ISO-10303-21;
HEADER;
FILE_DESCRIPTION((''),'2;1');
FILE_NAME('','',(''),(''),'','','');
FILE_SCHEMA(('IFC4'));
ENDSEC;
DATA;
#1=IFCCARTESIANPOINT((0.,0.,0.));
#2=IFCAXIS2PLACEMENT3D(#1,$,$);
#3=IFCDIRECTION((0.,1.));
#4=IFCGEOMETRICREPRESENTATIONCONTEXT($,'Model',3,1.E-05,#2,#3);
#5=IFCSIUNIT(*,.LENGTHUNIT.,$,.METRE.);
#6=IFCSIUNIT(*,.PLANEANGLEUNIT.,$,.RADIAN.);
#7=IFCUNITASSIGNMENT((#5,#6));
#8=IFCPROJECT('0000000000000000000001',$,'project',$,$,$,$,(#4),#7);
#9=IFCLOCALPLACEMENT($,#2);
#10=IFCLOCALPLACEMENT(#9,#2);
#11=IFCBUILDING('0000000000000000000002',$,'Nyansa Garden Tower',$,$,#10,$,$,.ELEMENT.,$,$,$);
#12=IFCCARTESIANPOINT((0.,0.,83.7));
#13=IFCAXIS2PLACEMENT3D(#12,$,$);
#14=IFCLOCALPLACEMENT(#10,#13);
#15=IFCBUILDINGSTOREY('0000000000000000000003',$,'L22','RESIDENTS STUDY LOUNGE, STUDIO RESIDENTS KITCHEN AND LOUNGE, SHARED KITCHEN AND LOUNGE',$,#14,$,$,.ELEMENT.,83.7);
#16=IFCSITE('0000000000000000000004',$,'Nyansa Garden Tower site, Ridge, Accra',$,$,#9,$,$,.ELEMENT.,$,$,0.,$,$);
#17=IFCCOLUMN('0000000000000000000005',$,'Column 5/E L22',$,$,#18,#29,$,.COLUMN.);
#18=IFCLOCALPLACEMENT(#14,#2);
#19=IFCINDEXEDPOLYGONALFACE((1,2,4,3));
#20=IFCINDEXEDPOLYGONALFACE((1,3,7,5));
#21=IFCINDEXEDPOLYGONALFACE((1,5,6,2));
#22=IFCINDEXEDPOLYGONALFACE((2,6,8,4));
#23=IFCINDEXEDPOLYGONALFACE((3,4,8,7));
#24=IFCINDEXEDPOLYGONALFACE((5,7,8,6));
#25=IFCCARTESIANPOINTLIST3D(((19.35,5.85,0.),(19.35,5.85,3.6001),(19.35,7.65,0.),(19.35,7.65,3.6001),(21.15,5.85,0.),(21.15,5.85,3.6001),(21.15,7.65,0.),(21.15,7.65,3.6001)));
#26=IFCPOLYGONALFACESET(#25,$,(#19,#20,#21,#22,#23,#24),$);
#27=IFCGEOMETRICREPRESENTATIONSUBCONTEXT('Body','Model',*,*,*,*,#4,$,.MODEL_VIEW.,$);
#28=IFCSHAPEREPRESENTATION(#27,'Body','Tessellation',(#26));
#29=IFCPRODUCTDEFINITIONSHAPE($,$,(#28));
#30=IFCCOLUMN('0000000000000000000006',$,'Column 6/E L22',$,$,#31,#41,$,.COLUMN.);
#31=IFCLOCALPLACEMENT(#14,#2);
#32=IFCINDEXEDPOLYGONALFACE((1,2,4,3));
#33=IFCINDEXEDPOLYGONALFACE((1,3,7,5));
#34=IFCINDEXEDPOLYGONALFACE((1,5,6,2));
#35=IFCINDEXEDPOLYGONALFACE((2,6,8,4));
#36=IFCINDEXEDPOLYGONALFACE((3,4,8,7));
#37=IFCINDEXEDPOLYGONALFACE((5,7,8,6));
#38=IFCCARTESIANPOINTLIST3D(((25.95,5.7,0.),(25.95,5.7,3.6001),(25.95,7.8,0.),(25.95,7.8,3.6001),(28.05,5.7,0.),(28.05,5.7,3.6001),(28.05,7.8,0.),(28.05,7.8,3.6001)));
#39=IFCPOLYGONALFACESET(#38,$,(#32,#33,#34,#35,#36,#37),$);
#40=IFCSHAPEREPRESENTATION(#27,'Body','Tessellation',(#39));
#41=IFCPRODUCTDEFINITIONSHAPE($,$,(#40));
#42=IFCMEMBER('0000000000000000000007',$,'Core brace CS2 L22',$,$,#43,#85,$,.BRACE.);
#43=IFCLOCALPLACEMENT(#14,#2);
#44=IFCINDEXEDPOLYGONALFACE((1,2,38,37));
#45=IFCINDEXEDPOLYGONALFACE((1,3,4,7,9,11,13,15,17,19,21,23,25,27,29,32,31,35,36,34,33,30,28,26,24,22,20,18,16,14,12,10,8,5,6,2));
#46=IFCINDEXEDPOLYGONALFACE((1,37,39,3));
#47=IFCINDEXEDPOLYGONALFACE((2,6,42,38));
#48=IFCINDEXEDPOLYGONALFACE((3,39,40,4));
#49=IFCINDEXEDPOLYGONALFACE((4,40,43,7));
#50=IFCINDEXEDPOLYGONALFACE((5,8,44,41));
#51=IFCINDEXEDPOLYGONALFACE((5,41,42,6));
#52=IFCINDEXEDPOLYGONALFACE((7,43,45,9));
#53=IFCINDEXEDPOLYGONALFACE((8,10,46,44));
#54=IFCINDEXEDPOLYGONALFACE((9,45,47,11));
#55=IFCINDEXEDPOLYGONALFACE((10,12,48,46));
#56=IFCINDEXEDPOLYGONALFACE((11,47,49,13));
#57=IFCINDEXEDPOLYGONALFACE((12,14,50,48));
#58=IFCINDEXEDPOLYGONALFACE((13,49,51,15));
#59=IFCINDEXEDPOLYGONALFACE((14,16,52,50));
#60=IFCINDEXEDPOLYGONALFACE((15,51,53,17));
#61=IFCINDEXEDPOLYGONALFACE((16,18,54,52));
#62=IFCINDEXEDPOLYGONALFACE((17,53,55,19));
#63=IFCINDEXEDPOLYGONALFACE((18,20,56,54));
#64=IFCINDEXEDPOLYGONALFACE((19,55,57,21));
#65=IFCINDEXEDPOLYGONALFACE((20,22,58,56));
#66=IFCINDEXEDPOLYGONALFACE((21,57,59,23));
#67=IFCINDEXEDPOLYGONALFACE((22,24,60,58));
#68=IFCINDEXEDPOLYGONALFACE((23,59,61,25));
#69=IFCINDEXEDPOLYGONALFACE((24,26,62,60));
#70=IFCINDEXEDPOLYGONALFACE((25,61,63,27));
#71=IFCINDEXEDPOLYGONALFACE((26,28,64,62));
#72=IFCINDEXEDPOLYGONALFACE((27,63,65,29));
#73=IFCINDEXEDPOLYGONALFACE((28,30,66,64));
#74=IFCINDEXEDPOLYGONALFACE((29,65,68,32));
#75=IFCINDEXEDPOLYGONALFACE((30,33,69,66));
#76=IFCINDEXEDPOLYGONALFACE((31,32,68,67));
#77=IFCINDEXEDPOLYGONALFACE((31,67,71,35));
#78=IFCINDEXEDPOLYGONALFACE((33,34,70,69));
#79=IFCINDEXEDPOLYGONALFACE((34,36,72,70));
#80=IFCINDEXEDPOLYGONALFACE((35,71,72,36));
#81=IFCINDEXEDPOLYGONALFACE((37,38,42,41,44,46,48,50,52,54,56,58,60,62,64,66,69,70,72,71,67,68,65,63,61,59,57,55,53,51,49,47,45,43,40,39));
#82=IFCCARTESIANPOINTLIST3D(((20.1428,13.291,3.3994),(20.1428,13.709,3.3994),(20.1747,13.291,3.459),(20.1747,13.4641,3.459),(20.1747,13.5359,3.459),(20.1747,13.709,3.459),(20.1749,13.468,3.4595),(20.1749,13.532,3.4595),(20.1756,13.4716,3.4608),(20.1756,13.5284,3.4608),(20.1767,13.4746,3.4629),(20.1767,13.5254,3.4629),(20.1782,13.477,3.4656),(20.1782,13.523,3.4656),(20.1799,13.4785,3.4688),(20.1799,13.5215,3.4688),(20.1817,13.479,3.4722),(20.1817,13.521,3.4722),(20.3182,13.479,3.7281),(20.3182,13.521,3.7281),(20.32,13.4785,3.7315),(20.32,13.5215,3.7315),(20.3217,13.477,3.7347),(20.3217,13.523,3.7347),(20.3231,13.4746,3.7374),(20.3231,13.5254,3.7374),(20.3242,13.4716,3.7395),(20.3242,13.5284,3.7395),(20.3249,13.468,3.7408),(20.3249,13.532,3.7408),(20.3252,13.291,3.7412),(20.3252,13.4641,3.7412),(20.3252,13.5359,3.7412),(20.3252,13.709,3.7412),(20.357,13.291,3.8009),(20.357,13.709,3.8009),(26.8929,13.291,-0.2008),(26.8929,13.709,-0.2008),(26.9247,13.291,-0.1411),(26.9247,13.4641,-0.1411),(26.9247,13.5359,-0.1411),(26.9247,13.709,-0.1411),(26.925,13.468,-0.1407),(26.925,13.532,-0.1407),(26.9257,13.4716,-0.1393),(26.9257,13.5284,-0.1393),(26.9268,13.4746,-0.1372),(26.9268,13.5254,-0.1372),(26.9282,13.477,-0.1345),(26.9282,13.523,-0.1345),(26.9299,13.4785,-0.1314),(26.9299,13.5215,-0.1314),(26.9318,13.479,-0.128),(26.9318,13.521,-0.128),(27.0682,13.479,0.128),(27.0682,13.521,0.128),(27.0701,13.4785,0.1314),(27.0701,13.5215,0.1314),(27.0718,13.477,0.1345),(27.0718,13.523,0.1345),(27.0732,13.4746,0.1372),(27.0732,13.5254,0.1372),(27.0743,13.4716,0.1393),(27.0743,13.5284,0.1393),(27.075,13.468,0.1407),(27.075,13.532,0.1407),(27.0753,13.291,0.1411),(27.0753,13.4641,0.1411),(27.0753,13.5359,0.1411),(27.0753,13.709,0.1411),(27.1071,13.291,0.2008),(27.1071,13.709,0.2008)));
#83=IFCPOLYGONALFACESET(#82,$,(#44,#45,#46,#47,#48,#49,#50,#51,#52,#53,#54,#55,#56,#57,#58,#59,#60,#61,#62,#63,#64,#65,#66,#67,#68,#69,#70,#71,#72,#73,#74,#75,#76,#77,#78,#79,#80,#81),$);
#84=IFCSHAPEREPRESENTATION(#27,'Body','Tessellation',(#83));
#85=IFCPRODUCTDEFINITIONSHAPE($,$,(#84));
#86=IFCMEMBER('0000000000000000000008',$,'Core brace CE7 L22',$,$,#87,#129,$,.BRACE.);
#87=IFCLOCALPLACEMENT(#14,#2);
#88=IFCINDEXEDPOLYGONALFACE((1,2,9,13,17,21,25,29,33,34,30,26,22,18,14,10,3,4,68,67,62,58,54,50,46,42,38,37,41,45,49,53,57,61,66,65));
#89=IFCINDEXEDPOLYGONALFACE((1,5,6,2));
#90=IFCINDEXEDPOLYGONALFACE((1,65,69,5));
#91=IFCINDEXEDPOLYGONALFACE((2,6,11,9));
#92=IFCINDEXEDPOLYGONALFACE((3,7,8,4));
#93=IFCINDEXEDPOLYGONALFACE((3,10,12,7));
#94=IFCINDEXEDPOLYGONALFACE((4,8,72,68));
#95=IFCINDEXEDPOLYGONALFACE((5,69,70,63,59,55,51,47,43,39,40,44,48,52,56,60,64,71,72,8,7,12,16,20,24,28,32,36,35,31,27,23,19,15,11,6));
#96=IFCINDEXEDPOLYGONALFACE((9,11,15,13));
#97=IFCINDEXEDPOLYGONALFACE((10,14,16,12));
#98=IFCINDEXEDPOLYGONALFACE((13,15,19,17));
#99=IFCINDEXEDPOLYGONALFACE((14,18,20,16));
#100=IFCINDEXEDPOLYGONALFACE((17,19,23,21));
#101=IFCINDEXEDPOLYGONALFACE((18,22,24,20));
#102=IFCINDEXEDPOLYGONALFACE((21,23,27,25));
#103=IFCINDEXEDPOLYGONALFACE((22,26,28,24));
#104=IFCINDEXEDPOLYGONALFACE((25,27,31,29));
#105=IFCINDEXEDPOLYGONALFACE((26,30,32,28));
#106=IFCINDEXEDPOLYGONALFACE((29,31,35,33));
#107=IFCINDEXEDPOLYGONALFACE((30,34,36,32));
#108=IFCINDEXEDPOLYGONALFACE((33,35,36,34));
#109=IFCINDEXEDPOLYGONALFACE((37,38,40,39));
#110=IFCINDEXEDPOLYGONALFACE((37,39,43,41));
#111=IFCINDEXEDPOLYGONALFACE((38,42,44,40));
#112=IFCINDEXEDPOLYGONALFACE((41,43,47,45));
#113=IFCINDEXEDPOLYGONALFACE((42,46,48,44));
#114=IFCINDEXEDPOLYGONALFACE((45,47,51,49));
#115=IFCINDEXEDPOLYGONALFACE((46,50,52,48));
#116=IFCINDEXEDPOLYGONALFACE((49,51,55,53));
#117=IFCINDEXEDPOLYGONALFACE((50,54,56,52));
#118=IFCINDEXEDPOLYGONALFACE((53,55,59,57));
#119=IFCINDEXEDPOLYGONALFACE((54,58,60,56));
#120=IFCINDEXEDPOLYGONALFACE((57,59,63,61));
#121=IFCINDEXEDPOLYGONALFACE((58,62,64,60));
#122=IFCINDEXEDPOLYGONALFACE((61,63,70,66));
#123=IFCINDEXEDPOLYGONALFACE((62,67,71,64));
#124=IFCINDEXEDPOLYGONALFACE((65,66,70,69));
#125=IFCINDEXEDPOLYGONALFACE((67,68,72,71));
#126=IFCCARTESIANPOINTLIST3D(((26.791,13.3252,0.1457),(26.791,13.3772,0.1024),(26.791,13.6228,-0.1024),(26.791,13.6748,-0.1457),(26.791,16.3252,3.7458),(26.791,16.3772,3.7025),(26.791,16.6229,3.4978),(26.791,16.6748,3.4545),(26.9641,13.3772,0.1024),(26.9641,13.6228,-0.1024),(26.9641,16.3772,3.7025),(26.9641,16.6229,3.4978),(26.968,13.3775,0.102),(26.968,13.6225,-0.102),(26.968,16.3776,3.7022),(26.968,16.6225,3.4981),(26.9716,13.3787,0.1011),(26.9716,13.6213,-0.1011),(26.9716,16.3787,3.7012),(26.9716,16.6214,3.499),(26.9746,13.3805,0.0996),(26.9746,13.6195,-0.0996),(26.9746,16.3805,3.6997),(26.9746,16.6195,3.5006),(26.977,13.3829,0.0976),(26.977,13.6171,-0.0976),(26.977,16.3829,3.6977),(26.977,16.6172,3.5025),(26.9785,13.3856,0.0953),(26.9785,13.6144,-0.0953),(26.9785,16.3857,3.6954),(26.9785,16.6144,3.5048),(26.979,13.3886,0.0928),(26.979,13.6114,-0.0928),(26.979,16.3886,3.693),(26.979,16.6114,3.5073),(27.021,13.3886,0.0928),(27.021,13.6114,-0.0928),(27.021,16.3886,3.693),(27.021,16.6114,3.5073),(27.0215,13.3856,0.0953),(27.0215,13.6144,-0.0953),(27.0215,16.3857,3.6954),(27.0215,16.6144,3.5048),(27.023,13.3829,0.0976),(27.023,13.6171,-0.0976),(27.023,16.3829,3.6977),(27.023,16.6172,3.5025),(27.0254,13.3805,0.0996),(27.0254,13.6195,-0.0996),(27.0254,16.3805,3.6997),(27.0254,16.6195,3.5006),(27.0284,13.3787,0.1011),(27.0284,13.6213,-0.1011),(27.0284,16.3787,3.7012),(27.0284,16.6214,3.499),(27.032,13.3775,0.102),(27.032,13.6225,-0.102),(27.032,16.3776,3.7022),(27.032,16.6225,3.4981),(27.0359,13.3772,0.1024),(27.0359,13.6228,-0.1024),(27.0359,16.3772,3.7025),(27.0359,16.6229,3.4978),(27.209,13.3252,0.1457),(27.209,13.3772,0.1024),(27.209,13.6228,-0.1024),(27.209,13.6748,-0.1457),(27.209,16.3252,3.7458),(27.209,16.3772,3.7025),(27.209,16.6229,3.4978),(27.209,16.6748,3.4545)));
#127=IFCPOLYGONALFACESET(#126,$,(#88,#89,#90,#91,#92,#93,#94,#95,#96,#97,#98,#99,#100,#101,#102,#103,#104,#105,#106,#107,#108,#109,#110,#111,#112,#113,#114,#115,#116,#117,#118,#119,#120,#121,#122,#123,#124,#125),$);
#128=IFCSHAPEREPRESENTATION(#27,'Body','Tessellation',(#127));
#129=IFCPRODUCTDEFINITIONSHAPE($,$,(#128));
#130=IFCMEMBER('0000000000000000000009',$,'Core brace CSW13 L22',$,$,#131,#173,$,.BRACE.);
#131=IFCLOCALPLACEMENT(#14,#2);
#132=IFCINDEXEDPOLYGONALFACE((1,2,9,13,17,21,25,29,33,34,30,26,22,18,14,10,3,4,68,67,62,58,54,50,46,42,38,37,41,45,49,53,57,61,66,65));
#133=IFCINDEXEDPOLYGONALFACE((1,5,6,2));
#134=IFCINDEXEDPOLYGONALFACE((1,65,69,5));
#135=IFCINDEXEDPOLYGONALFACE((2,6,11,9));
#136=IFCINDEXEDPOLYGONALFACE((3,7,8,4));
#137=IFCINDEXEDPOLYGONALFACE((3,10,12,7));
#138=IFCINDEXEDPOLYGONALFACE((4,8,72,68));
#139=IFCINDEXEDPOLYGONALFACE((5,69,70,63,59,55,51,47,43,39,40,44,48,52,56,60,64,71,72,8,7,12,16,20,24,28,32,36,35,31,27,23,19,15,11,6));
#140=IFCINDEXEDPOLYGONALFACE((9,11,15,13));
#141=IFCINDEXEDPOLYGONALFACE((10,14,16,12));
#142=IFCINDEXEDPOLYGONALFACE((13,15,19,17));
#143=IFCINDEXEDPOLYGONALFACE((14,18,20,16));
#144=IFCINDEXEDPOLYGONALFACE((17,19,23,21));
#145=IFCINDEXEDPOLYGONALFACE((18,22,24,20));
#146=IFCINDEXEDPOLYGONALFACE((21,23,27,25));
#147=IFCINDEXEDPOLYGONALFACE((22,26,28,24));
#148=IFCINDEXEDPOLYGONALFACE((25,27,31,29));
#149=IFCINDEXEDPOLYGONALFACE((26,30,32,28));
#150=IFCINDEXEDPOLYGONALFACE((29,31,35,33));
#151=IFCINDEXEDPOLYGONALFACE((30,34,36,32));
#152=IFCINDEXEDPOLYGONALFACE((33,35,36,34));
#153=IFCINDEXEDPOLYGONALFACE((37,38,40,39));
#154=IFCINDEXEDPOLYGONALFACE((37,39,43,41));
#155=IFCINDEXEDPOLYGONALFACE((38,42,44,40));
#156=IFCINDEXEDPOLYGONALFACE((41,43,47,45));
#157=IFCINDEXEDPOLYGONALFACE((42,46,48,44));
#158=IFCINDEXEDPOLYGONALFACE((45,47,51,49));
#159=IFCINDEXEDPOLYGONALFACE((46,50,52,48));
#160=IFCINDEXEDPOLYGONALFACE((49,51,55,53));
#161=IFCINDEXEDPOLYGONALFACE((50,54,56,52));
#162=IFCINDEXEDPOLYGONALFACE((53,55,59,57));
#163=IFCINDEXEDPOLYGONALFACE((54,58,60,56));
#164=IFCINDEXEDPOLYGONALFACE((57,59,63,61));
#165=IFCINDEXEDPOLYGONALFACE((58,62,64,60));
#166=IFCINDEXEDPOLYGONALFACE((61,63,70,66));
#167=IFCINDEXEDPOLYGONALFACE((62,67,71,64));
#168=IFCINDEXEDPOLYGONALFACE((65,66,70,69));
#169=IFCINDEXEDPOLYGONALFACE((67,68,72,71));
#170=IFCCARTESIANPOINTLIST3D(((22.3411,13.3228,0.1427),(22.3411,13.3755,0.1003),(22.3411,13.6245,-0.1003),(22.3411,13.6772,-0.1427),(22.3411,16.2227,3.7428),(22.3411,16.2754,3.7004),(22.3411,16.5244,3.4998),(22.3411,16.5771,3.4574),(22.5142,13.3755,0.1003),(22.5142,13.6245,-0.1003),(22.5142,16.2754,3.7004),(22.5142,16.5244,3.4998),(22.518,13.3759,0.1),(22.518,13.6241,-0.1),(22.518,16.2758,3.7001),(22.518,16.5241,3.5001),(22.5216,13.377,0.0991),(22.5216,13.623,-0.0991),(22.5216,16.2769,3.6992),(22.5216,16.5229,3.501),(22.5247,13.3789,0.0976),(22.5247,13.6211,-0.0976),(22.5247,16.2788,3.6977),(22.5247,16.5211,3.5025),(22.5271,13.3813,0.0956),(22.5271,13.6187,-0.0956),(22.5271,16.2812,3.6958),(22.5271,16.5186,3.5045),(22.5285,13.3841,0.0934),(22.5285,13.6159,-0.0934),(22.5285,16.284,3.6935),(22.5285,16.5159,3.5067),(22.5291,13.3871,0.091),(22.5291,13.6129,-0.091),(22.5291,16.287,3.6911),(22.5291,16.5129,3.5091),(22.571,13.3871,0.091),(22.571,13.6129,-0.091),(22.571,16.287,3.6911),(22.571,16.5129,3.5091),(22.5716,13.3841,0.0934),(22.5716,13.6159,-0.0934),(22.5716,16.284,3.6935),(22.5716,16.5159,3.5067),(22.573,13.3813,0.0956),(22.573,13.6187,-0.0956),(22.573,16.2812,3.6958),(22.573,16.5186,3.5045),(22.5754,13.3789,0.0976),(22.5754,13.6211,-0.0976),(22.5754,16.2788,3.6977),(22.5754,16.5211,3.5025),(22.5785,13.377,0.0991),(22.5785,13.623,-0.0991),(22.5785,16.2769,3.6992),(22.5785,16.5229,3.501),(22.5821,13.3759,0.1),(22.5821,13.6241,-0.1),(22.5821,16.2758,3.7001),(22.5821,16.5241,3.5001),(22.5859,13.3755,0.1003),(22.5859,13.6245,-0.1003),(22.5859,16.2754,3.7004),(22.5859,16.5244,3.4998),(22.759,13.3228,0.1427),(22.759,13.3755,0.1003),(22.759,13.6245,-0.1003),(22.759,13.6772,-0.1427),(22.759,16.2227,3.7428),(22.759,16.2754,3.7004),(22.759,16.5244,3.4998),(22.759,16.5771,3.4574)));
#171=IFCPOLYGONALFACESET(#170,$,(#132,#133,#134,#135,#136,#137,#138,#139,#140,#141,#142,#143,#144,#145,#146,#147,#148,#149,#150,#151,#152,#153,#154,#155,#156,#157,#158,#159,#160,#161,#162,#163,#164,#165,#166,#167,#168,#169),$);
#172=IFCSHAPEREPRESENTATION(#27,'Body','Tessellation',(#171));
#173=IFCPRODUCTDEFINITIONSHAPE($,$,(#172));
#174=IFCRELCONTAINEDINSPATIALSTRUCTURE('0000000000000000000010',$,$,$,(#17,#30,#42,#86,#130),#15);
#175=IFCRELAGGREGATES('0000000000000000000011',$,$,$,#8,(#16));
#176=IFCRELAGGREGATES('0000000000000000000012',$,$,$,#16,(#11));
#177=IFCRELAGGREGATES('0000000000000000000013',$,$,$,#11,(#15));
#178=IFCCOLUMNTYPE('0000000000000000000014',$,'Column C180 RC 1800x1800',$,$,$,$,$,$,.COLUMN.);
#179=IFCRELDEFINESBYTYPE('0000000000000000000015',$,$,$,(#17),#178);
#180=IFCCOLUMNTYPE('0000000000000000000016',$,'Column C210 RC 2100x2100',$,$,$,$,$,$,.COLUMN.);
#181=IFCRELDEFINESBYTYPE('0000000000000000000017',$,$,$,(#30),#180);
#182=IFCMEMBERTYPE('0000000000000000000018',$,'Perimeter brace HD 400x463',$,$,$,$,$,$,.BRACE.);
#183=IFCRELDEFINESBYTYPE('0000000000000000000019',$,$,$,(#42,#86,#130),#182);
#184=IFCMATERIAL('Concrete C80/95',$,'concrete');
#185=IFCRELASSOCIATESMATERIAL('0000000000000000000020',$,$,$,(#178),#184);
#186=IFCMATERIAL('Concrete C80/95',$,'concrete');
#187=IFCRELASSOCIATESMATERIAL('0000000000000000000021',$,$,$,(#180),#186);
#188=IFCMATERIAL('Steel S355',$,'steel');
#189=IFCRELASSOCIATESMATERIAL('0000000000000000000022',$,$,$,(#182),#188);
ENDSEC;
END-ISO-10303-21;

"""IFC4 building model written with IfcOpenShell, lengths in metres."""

from ifc_helpers import new_model, si_unit, direction, frame, origin, origin_2d, place, context, subcontext, project, spatial, rectangle, i_section, extrude, material, material_profile, profile_set, type_object, element, save


model = new_model("IFC4")

# Units and contexts
model_context = context("Model", 3, precision=1e-05, world=origin(), true_north=direction((0.0, 1.0)))
body_context = subcontext(model_context, "Body", "Model", "MODEL_VIEW")
ifc_project = project(units=[si_unit("LENGTHUNIT", "METRE"), si_unit("PLANEANGLEUNIT", "RADIAN")], contexts=[model_context])

# Site, building, storey
site_placement = place(None, origin())
site = spatial("IfcSite", under=ifc_project, at=site_placement, Name="Nyansa Garden Tower site, Ridge, Accra", CompositionType="ELEMENT", RefElevation=0.0)
building_placement = place(site_placement, origin())
building = spatial("IfcBuilding", under=site, at=building_placement, Name="Nyansa Garden Tower", CompositionType="ELEMENT")
storey_placement = place(building_placement, frame((0.0, 0.0, 83.7)))
storey = spatial("IfcBuildingStorey", under=building, at=storey_placement, Name="L22", Description="RESIDENTS STUDY LOUNGE, STUDIO RESIDENTS KITCHEN AND LOUNGE, SHARED KITCHEN AND LOUNGE", CompositionType="ELEMENT", Elevation=83.7)

# Columns
ifc_material_1 = material(Name="Concrete C80/95", Category="concrete")
ifc_material_profile_1 = material_profile(ifc_material_1, rectangle(XDim=1.8, YDim=1.8, at=origin_2d()), Name="RC 1800x1800")
ifc_profile_set_1 = profile_set([ifc_material_profile_1], Name="Concrete C80/95")
column_type_1 = type_object("IfcColumnType", Name="Column C180 RC 1800x1800", PredefinedType="COLUMN", material=ifc_profile_set_1)
column_1_placement = place(storey_placement, frame((20.25, 6.75, 0.0), z_axis=(0.0, 0.0, 1.0), x_axis=(1.0, 0.0, 0.0)))
element("IfcColumn", 1, at=column_1_placement, inside=storey, type_object=column_type_1, Name="Column 5/E L22", PredefinedType="COLUMN", context=body_context, shape_type="SweptSolid", body=[
    extrude(rectangle(XDim=1.8, YDim=1.8, at=origin_2d()), origin(), (0.0, 0.0, 1.0), 3.6001),
])
ifc_material_2 = material(Name="Concrete C80/95", Category="concrete")
ifc_material_profile_2 = material_profile(ifc_material_2, rectangle(XDim=2.1001, YDim=2.1001, at=origin_2d()), Name="RC 2100x2100")
ifc_profile_set_2 = profile_set([ifc_material_profile_2], Name="Concrete C80/95")
column_type_2 = type_object("IfcColumnType", Name="Column C210 RC 2100x2100", PredefinedType="COLUMN", material=ifc_profile_set_2)
column_2_placement = place(storey_placement, frame((27.0, 6.75, 0.0), z_axis=(0.0, 0.0, 1.0), x_axis=(1.0, 0.0, 0.0)))
element("IfcColumn", 2, at=column_2_placement, inside=storey, type_object=column_type_2, Name="Column 6/E L22", PredefinedType="COLUMN", context=body_context, shape_type="SweptSolid", body=[
    extrude(rectangle(XDim=2.1001, YDim=2.1001, at=origin_2d()), origin(), (0.0, 0.0, 1.0), 3.6001),
])

# Members
ifc_material_3 = material(Name="Steel S355", Category="steel")
ifc_material_profile_3 = material_profile(ifc_material_3, i_section(OverallWidth=0.418, OverallDepth=0.4551, WebThickness=0.042, FlangeThickness=0.0676, FilletRadius=0.0149, at=origin_2d()), Name="HD 400x463")
ifc_profile_set_3 = profile_set([ifc_material_profile_3], Name="Steel S355")
member_type = type_object("IfcMemberType", Name="Perimeter brace HD 400x463", PredefinedType="BRACE", material=ifc_profile_set_3)
member_1_placement = place(storey_placement, frame((27.0, 13.5, 0.0), z_axis=(-0.882348, 0.0, 0.470598), x_axis=(0.0, -1.0, 0.0)))
element("IfcMember", 3, at=member_1_placement, inside=storey, type_object=member_type, Name="Core brace CS2 L22", PredefinedType="BRACE", context=body_context, shape_type="SweptSolid", body=[
    extrude(i_section(OverallWidth=0.418, OverallDepth=0.4551, WebThickness=0.042, FlangeThickness=0.0676, FilletRadius=0.0149, at=origin_2d()), origin(), (0.0, 0.0, 1.0), 7.6501),
])
member_2_placement = place(storey_placement, frame((27.0, 13.5, 0.0), z_axis=(0.0, 0.640174, 0.76823), x_axis=(-1.0, 0.0, 0.0)))
element("IfcMember", 4, at=member_2_placement, inside=storey, type_object=member_type, Name="Core brace CE7 L22", PredefinedType="BRACE", context=body_context, shape_type="SweptSolid", body=[
    extrude(i_section(OverallWidth=0.418, OverallDepth=0.4551, WebThickness=0.042, FlangeThickness=0.0676, FilletRadius=0.0149, at=origin_2d()), origin(), (0.0, 0.0, 1.0), 4.6863),
])
member_3_placement = place(storey_placement, frame((22.55, 13.5, 0.0), z_axis=(0.0, 0.627306, 0.778773), x_axis=(-1.0, 0.0, 0.0)))
element("IfcMember", 5, at=member_3_placement, inside=storey, type_object=member_type, Name="Core brace CSW13 L22", PredefinedType="BRACE", context=body_context, shape_type="SweptSolid", body=[
    extrude(i_section(OverallWidth=0.418, OverallDepth=0.4551, WebThickness=0.042, FlangeThickness=0.0676, FilletRadius=0.0149, at=origin_2d()), origin(), (0.0, 0.0, 1.0), 4.6228),
])

save(model, "model.ifc")
